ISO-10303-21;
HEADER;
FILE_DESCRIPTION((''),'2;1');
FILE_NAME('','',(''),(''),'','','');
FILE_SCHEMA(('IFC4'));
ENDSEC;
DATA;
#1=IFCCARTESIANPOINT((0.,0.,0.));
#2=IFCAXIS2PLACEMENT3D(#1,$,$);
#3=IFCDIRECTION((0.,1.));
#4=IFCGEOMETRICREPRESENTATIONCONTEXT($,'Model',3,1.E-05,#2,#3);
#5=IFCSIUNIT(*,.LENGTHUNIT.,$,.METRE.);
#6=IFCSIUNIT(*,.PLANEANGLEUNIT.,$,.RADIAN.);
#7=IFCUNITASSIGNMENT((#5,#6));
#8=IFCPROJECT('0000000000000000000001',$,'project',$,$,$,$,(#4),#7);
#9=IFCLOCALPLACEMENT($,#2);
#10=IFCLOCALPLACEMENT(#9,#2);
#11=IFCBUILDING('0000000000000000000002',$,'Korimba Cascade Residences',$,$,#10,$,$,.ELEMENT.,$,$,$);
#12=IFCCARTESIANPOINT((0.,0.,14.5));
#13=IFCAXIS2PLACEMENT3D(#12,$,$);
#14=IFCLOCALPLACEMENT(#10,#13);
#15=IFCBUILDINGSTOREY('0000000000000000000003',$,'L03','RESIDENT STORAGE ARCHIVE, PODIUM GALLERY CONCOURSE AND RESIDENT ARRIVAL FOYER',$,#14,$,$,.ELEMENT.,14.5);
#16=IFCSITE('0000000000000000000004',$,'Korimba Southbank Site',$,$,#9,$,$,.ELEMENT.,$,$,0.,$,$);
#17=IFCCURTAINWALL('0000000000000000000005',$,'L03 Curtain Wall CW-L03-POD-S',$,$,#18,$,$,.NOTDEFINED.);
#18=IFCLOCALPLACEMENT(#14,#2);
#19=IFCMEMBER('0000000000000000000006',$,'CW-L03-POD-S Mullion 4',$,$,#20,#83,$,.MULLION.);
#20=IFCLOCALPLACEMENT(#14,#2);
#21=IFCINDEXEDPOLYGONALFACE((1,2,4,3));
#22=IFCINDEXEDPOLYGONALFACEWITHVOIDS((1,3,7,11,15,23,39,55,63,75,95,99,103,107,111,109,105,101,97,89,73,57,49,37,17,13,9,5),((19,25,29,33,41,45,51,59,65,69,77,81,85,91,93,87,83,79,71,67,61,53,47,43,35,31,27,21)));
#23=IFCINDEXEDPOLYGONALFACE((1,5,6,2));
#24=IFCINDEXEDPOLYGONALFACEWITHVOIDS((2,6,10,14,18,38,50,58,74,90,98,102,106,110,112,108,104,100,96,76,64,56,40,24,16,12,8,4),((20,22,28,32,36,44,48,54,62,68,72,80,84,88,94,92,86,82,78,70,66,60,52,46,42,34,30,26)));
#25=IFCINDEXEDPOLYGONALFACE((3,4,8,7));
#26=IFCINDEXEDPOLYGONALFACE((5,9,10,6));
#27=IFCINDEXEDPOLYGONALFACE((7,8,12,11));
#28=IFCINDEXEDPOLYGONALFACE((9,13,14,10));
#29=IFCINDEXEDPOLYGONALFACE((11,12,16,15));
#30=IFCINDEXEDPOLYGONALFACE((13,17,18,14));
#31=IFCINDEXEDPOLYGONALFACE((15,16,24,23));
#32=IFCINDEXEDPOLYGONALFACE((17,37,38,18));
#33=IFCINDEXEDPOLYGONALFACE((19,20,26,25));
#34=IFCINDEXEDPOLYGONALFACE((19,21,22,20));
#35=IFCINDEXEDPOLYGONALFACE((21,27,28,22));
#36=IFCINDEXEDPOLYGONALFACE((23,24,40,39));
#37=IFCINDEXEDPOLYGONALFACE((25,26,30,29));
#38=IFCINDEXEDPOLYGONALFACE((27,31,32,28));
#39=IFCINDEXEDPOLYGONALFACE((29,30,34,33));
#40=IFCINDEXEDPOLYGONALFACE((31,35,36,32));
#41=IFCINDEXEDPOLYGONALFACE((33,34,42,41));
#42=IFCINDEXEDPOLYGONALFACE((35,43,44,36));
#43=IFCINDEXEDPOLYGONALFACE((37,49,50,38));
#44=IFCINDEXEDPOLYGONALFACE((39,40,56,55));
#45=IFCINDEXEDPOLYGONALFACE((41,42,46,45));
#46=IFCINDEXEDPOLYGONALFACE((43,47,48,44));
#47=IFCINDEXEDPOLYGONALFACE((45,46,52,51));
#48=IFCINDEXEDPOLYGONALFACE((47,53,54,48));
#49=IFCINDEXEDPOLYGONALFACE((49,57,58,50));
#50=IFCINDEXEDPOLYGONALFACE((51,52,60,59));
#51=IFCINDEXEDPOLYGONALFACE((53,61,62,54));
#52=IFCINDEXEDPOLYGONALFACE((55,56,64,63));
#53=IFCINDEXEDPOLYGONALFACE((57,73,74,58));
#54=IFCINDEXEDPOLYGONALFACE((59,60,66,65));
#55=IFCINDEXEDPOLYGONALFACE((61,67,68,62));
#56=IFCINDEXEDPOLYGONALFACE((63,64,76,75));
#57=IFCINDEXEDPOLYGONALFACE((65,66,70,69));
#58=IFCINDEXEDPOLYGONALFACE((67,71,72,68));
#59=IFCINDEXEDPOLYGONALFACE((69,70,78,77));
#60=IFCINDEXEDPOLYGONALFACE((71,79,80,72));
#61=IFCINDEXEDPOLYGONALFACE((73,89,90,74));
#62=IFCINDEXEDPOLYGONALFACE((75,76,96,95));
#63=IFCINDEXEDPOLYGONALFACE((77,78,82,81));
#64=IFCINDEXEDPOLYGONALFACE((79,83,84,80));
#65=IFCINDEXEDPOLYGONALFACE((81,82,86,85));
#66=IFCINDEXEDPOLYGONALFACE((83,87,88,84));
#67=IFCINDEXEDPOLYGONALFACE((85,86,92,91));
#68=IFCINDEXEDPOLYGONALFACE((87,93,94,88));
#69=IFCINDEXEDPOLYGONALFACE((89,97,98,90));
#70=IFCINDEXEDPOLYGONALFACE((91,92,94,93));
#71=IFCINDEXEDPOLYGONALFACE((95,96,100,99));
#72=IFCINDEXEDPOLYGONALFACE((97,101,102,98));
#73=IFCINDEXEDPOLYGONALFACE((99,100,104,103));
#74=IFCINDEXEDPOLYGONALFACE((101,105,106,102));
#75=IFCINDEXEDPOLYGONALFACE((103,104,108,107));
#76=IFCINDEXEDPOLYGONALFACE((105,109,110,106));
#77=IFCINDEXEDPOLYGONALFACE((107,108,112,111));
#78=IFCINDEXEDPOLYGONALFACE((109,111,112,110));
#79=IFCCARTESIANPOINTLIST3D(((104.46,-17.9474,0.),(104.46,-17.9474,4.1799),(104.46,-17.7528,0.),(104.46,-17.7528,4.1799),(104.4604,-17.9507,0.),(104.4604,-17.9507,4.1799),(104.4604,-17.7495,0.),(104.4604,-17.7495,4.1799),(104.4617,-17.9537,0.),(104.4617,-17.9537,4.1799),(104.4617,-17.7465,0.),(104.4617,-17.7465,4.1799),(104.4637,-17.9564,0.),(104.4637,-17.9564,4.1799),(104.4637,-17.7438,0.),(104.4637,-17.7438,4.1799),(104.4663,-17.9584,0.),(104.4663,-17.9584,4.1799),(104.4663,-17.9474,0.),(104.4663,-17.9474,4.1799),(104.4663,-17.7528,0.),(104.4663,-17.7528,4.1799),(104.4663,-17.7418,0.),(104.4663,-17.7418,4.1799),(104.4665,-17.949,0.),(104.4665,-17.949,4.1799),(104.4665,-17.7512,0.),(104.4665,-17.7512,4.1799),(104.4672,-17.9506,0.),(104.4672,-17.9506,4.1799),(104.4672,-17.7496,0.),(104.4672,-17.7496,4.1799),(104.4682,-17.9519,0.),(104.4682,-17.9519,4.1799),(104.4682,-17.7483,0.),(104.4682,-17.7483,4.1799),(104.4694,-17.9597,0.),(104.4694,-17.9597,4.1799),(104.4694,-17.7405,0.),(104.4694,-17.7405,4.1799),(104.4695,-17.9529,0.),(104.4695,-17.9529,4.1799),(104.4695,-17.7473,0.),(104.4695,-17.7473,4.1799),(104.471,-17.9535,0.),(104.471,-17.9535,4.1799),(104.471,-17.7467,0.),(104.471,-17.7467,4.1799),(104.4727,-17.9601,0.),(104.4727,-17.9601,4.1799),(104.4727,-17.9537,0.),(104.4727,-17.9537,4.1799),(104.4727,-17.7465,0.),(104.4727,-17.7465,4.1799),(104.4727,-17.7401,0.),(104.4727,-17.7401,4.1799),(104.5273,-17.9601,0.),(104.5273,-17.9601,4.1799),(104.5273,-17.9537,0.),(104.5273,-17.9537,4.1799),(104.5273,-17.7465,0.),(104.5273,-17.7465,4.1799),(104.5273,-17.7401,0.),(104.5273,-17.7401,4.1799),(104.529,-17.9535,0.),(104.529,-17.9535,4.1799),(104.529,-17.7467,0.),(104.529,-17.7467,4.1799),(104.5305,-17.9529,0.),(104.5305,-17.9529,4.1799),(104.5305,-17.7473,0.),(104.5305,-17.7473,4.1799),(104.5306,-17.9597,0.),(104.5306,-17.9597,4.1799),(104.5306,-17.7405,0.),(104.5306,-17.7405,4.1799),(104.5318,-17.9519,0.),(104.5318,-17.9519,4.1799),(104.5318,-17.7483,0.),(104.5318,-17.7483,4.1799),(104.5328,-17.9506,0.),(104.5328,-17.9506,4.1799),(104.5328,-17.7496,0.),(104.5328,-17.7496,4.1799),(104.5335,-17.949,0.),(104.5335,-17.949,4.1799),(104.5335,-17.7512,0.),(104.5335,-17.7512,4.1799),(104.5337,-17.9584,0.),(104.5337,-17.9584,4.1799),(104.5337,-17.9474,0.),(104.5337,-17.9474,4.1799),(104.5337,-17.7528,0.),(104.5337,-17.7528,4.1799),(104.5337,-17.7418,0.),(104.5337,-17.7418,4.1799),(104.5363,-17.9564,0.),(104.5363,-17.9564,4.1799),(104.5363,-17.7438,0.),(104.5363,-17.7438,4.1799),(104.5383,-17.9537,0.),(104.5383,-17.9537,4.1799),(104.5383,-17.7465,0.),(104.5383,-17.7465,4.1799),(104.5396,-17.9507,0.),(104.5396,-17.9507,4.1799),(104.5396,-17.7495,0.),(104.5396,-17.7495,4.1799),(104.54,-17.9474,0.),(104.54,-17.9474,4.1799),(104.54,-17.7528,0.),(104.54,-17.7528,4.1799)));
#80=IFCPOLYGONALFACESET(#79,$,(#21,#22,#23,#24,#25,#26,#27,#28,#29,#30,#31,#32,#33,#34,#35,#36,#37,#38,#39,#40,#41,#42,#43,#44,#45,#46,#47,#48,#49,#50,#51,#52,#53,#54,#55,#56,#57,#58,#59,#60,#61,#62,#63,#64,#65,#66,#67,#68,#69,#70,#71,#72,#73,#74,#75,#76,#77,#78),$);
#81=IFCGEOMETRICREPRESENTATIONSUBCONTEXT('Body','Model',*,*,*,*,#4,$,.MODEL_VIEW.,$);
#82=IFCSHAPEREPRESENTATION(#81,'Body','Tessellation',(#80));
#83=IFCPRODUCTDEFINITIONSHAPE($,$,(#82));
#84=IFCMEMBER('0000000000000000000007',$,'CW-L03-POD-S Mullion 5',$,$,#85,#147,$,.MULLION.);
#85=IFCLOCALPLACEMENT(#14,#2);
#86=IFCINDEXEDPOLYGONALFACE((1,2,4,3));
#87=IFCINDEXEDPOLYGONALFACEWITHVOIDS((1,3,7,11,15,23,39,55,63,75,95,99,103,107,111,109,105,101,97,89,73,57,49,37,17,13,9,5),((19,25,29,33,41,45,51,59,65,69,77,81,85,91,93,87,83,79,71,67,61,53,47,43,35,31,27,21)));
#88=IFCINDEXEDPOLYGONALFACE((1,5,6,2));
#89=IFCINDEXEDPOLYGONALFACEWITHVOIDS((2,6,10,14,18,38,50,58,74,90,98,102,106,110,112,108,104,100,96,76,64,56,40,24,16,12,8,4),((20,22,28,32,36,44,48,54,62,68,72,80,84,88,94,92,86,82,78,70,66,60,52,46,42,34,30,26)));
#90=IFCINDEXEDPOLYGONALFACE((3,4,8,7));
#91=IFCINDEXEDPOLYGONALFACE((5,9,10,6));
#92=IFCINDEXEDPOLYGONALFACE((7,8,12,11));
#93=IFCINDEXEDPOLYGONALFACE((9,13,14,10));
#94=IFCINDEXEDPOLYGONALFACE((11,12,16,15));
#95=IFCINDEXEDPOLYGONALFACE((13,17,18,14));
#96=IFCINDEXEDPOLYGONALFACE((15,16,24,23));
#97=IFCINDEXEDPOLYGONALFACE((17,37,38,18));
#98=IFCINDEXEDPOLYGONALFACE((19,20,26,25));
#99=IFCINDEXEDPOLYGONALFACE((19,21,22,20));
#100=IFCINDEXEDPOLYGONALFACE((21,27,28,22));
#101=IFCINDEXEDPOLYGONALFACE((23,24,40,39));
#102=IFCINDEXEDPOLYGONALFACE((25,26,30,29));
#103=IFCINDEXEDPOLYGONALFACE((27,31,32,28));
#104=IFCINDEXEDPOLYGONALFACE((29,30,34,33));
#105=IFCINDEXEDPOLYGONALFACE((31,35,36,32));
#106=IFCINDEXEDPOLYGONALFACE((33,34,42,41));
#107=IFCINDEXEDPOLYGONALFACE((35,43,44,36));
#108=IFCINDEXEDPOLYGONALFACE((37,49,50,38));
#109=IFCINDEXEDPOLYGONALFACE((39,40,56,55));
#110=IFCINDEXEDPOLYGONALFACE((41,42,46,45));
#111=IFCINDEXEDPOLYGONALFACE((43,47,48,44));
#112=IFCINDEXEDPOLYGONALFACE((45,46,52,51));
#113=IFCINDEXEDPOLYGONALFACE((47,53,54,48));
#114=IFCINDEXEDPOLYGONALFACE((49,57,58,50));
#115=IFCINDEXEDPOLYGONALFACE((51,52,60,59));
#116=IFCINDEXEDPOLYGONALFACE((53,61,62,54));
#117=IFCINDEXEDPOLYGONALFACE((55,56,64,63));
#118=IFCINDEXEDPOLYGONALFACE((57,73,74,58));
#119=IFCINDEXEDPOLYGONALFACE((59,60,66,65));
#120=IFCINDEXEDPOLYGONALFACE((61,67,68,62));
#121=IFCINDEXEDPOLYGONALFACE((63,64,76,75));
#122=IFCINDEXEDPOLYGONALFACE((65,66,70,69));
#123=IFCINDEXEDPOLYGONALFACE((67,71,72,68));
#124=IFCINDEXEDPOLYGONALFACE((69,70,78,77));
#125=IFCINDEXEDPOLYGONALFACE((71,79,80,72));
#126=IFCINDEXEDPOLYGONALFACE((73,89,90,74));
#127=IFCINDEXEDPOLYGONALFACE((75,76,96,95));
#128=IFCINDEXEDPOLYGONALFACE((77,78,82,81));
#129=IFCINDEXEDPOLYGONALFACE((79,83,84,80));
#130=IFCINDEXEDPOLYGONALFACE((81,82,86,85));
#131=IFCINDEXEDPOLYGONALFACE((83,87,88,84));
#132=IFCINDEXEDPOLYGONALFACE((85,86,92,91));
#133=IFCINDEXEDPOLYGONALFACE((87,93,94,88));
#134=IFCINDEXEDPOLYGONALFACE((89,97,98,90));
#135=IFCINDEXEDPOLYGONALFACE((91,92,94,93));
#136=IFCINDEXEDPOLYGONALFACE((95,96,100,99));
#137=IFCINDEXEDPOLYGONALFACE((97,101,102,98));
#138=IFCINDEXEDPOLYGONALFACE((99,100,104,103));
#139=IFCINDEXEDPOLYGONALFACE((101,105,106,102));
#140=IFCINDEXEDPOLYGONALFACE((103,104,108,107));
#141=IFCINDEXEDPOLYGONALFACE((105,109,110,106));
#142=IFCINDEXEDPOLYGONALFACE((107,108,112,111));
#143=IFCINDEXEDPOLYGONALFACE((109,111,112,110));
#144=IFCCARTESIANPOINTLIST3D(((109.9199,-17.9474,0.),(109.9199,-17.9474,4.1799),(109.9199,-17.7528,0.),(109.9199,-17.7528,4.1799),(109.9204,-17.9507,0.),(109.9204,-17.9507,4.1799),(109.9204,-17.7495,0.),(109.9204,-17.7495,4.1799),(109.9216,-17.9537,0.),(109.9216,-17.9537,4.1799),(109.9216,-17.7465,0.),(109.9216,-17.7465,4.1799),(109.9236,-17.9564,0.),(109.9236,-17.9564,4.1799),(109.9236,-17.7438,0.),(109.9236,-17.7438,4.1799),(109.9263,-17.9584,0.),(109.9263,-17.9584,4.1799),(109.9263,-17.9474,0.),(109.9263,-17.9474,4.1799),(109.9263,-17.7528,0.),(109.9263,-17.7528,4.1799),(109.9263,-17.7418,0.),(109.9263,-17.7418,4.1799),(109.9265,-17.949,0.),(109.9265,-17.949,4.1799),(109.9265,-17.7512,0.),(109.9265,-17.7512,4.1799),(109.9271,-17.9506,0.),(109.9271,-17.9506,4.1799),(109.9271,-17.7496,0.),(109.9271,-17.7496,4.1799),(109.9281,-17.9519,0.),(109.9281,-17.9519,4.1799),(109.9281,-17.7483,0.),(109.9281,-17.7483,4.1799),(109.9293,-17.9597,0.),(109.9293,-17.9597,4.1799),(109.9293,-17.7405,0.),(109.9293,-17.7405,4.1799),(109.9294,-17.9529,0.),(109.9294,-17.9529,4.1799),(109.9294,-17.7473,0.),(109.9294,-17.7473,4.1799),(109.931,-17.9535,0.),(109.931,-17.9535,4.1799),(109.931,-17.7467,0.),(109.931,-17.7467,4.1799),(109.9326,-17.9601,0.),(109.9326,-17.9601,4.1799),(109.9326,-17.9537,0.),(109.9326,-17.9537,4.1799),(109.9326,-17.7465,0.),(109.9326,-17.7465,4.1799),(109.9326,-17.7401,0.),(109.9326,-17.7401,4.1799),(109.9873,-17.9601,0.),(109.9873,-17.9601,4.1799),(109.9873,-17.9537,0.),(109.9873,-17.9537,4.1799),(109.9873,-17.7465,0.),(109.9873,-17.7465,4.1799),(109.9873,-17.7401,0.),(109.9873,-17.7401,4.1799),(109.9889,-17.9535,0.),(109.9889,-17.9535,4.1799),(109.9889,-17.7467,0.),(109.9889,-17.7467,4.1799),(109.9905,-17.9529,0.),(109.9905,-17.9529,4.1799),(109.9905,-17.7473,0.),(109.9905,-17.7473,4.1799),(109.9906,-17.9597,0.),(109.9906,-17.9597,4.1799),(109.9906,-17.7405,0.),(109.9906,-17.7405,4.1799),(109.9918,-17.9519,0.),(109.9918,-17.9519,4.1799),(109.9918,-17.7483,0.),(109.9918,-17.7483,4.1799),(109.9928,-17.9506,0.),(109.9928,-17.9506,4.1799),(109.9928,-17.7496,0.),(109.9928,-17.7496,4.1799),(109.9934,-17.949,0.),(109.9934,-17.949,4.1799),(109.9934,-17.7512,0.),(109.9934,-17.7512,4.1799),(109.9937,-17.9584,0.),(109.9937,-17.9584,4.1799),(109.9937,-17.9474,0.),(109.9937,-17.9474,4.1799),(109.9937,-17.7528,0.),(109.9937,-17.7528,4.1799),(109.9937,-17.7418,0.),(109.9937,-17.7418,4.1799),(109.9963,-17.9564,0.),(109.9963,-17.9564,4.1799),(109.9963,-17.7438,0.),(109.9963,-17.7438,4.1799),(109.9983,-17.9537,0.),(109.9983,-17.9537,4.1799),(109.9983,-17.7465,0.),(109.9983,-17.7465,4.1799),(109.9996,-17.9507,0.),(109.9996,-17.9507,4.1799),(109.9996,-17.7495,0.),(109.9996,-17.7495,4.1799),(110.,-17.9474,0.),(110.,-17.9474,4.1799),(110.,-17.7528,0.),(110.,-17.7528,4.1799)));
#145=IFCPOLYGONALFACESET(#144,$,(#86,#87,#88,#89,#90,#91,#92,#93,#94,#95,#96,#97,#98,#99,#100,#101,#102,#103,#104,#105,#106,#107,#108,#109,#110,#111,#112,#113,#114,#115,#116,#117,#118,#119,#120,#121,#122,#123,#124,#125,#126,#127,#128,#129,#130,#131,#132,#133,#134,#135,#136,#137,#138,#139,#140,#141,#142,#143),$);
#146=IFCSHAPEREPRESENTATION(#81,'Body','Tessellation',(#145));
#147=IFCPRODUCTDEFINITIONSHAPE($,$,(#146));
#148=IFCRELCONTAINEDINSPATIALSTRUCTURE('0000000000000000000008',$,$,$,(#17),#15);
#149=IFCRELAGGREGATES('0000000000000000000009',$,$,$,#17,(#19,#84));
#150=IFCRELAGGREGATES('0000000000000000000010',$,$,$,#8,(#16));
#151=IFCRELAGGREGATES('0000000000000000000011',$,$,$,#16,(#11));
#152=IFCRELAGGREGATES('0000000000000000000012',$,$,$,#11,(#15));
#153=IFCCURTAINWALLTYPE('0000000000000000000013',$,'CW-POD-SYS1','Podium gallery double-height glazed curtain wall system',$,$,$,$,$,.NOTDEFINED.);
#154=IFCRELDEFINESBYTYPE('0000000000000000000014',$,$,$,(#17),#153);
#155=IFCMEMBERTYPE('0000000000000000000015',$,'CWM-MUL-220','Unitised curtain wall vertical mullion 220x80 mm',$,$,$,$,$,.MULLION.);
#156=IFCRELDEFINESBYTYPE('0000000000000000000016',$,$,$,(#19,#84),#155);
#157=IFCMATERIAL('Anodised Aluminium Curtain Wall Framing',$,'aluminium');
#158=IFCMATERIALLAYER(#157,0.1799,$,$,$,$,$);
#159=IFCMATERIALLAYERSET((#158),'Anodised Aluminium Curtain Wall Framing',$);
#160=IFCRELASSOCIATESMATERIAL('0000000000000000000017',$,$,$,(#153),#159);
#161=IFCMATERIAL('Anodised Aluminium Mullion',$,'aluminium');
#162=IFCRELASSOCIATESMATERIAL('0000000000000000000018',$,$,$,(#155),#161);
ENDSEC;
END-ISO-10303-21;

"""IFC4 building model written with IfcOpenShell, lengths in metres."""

from ifc_helpers import new_model, si_unit, direction, frame, origin, origin_2d, place, context, subcontext, project, spatial, hollow_rectangle, extrude, material, layer, layer_set, material_profile, profile_set, type_object, element, aggregate, save


model = new_model("IFC4")

# Units and contexts
model_context = context("Model", 3, precision=1e-05, world=origin(), true_north=direction((0.0, 1.0)))
body_context = subcontext(model_context, "Body", "Model", "MODEL_VIEW")
ifc_project = project(units=[si_unit("LENGTHUNIT", "METRE"), si_unit("PLANEANGLEUNIT", "RADIAN")], contexts=[model_context])

# Site, building, storey
site_placement = place(None, origin())
site = spatial("IfcSite", under=ifc_project, at=site_placement, Name="Korimba Southbank Site", CompositionType="ELEMENT", RefElevation=0.0)
building_placement = place(site_placement, origin())
building = spatial("IfcBuilding", under=site, at=building_placement, Name="Korimba Cascade Residences", CompositionType="ELEMENT")
storey_placement = place(building_placement, frame((0.0, 0.0, 14.5)))
storey = spatial("IfcBuildingStorey", under=building, at=storey_placement, Name="L03", Description="RESIDENT STORAGE ARCHIVE, PODIUM GALLERY CONCOURSE AND RESIDENT ARRIVAL FOYER", CompositionType="ELEMENT", Elevation=14.5)

# Curtain wall, members
ifc_material_1 = material(Name="Anodised Aluminium Curtain Wall Framing", Category="aluminium")
ifc_layer_1 = layer(ifc_material_1, 0.1799)
ifc_layer_set_1 = layer_set([ifc_layer_1], Name="Anodised Aluminium Curtain Wall Framing")
curtain_wall_type = type_object("IfcCurtainWallType", Name="CW-POD-SYS1", Description="Podium gallery double-height glazed curtain wall system", PredefinedType="NOTDEFINED", material=ifc_layer_set_1)
curtain_wall_placement = place(storey_placement, origin())
curtain_wall = element("IfcCurtainWall", 1, at=curtain_wall_placement, inside=storey, type_object=curtain_wall_type, Name="L03 Curtain Wall CW-L03-POD-S", PredefinedType="NOTDEFINED")
ifc_material_2 = material(Name="Anodised Aluminium Mullion", Category="aluminium")
ifc_material_profile_1 = material_profile(ifc_material_2, hollow_rectangle(XDim=0.0801, YDim=0.22, WallThickness=0.0063, InnerFilletRadius=0.0063, OuterFilletRadius=0.0127, at=origin_2d()), Name="Anodised Aluminium Mullion")
ifc_profile_set_1 = profile_set([ifc_material_profile_1], Name="Anodised Aluminium Mullion")
member_type_1 = type_object("IfcMemberType", Name="CWM-MUL-220", Description="Unitised curtain wall vertical mullion 220x80 mm", PredefinedType="MULLION", material=ifc_profile_set_1)
member_1_placement = place(storey_placement, frame((104.5, -17.8501, 0.0), z_axis=(0.0, 0.0, 1.0), x_axis=(1.0, 0.0, 0.0)))
member_1 = element("IfcMember", 2, at=member_1_placement, type_object=member_type_1, Name="CW-L03-POD-S Mullion 4", PredefinedType="MULLION", context=body_context, shape_type="SweptSolid", body=[
    extrude(hollow_rectangle(XDim=0.0801, YDim=0.22, WallThickness=0.0063, InnerFilletRadius=0.0063, OuterFilletRadius=0.0127, at=origin_2d()), origin(), (0.0, 0.0, 1.0), 4.1799),
])
member_2_placement = place(storey_placement, frame((109.96, -17.8501, 0.0), z_axis=(0.0, 0.0, 1.0), x_axis=(1.0, 0.0, 0.0)))
member_2 = element("IfcMember", 3, at=member_2_placement, type_object=member_type_1, Name="CW-L03-POD-S Mullion 5", PredefinedType="MULLION", context=body_context, shape_type="SweptSolid", body=[
    extrude(hollow_rectangle(XDim=0.0801, YDim=0.22, WallThickness=0.0063, InnerFilletRadius=0.0063, OuterFilletRadius=0.0127, at=origin_2d()), origin(), (0.0, 0.0, 1.0), 4.1799),
])
aggregate(curtain_wall, [member_1, member_2])

save(model, "model.ifc")
